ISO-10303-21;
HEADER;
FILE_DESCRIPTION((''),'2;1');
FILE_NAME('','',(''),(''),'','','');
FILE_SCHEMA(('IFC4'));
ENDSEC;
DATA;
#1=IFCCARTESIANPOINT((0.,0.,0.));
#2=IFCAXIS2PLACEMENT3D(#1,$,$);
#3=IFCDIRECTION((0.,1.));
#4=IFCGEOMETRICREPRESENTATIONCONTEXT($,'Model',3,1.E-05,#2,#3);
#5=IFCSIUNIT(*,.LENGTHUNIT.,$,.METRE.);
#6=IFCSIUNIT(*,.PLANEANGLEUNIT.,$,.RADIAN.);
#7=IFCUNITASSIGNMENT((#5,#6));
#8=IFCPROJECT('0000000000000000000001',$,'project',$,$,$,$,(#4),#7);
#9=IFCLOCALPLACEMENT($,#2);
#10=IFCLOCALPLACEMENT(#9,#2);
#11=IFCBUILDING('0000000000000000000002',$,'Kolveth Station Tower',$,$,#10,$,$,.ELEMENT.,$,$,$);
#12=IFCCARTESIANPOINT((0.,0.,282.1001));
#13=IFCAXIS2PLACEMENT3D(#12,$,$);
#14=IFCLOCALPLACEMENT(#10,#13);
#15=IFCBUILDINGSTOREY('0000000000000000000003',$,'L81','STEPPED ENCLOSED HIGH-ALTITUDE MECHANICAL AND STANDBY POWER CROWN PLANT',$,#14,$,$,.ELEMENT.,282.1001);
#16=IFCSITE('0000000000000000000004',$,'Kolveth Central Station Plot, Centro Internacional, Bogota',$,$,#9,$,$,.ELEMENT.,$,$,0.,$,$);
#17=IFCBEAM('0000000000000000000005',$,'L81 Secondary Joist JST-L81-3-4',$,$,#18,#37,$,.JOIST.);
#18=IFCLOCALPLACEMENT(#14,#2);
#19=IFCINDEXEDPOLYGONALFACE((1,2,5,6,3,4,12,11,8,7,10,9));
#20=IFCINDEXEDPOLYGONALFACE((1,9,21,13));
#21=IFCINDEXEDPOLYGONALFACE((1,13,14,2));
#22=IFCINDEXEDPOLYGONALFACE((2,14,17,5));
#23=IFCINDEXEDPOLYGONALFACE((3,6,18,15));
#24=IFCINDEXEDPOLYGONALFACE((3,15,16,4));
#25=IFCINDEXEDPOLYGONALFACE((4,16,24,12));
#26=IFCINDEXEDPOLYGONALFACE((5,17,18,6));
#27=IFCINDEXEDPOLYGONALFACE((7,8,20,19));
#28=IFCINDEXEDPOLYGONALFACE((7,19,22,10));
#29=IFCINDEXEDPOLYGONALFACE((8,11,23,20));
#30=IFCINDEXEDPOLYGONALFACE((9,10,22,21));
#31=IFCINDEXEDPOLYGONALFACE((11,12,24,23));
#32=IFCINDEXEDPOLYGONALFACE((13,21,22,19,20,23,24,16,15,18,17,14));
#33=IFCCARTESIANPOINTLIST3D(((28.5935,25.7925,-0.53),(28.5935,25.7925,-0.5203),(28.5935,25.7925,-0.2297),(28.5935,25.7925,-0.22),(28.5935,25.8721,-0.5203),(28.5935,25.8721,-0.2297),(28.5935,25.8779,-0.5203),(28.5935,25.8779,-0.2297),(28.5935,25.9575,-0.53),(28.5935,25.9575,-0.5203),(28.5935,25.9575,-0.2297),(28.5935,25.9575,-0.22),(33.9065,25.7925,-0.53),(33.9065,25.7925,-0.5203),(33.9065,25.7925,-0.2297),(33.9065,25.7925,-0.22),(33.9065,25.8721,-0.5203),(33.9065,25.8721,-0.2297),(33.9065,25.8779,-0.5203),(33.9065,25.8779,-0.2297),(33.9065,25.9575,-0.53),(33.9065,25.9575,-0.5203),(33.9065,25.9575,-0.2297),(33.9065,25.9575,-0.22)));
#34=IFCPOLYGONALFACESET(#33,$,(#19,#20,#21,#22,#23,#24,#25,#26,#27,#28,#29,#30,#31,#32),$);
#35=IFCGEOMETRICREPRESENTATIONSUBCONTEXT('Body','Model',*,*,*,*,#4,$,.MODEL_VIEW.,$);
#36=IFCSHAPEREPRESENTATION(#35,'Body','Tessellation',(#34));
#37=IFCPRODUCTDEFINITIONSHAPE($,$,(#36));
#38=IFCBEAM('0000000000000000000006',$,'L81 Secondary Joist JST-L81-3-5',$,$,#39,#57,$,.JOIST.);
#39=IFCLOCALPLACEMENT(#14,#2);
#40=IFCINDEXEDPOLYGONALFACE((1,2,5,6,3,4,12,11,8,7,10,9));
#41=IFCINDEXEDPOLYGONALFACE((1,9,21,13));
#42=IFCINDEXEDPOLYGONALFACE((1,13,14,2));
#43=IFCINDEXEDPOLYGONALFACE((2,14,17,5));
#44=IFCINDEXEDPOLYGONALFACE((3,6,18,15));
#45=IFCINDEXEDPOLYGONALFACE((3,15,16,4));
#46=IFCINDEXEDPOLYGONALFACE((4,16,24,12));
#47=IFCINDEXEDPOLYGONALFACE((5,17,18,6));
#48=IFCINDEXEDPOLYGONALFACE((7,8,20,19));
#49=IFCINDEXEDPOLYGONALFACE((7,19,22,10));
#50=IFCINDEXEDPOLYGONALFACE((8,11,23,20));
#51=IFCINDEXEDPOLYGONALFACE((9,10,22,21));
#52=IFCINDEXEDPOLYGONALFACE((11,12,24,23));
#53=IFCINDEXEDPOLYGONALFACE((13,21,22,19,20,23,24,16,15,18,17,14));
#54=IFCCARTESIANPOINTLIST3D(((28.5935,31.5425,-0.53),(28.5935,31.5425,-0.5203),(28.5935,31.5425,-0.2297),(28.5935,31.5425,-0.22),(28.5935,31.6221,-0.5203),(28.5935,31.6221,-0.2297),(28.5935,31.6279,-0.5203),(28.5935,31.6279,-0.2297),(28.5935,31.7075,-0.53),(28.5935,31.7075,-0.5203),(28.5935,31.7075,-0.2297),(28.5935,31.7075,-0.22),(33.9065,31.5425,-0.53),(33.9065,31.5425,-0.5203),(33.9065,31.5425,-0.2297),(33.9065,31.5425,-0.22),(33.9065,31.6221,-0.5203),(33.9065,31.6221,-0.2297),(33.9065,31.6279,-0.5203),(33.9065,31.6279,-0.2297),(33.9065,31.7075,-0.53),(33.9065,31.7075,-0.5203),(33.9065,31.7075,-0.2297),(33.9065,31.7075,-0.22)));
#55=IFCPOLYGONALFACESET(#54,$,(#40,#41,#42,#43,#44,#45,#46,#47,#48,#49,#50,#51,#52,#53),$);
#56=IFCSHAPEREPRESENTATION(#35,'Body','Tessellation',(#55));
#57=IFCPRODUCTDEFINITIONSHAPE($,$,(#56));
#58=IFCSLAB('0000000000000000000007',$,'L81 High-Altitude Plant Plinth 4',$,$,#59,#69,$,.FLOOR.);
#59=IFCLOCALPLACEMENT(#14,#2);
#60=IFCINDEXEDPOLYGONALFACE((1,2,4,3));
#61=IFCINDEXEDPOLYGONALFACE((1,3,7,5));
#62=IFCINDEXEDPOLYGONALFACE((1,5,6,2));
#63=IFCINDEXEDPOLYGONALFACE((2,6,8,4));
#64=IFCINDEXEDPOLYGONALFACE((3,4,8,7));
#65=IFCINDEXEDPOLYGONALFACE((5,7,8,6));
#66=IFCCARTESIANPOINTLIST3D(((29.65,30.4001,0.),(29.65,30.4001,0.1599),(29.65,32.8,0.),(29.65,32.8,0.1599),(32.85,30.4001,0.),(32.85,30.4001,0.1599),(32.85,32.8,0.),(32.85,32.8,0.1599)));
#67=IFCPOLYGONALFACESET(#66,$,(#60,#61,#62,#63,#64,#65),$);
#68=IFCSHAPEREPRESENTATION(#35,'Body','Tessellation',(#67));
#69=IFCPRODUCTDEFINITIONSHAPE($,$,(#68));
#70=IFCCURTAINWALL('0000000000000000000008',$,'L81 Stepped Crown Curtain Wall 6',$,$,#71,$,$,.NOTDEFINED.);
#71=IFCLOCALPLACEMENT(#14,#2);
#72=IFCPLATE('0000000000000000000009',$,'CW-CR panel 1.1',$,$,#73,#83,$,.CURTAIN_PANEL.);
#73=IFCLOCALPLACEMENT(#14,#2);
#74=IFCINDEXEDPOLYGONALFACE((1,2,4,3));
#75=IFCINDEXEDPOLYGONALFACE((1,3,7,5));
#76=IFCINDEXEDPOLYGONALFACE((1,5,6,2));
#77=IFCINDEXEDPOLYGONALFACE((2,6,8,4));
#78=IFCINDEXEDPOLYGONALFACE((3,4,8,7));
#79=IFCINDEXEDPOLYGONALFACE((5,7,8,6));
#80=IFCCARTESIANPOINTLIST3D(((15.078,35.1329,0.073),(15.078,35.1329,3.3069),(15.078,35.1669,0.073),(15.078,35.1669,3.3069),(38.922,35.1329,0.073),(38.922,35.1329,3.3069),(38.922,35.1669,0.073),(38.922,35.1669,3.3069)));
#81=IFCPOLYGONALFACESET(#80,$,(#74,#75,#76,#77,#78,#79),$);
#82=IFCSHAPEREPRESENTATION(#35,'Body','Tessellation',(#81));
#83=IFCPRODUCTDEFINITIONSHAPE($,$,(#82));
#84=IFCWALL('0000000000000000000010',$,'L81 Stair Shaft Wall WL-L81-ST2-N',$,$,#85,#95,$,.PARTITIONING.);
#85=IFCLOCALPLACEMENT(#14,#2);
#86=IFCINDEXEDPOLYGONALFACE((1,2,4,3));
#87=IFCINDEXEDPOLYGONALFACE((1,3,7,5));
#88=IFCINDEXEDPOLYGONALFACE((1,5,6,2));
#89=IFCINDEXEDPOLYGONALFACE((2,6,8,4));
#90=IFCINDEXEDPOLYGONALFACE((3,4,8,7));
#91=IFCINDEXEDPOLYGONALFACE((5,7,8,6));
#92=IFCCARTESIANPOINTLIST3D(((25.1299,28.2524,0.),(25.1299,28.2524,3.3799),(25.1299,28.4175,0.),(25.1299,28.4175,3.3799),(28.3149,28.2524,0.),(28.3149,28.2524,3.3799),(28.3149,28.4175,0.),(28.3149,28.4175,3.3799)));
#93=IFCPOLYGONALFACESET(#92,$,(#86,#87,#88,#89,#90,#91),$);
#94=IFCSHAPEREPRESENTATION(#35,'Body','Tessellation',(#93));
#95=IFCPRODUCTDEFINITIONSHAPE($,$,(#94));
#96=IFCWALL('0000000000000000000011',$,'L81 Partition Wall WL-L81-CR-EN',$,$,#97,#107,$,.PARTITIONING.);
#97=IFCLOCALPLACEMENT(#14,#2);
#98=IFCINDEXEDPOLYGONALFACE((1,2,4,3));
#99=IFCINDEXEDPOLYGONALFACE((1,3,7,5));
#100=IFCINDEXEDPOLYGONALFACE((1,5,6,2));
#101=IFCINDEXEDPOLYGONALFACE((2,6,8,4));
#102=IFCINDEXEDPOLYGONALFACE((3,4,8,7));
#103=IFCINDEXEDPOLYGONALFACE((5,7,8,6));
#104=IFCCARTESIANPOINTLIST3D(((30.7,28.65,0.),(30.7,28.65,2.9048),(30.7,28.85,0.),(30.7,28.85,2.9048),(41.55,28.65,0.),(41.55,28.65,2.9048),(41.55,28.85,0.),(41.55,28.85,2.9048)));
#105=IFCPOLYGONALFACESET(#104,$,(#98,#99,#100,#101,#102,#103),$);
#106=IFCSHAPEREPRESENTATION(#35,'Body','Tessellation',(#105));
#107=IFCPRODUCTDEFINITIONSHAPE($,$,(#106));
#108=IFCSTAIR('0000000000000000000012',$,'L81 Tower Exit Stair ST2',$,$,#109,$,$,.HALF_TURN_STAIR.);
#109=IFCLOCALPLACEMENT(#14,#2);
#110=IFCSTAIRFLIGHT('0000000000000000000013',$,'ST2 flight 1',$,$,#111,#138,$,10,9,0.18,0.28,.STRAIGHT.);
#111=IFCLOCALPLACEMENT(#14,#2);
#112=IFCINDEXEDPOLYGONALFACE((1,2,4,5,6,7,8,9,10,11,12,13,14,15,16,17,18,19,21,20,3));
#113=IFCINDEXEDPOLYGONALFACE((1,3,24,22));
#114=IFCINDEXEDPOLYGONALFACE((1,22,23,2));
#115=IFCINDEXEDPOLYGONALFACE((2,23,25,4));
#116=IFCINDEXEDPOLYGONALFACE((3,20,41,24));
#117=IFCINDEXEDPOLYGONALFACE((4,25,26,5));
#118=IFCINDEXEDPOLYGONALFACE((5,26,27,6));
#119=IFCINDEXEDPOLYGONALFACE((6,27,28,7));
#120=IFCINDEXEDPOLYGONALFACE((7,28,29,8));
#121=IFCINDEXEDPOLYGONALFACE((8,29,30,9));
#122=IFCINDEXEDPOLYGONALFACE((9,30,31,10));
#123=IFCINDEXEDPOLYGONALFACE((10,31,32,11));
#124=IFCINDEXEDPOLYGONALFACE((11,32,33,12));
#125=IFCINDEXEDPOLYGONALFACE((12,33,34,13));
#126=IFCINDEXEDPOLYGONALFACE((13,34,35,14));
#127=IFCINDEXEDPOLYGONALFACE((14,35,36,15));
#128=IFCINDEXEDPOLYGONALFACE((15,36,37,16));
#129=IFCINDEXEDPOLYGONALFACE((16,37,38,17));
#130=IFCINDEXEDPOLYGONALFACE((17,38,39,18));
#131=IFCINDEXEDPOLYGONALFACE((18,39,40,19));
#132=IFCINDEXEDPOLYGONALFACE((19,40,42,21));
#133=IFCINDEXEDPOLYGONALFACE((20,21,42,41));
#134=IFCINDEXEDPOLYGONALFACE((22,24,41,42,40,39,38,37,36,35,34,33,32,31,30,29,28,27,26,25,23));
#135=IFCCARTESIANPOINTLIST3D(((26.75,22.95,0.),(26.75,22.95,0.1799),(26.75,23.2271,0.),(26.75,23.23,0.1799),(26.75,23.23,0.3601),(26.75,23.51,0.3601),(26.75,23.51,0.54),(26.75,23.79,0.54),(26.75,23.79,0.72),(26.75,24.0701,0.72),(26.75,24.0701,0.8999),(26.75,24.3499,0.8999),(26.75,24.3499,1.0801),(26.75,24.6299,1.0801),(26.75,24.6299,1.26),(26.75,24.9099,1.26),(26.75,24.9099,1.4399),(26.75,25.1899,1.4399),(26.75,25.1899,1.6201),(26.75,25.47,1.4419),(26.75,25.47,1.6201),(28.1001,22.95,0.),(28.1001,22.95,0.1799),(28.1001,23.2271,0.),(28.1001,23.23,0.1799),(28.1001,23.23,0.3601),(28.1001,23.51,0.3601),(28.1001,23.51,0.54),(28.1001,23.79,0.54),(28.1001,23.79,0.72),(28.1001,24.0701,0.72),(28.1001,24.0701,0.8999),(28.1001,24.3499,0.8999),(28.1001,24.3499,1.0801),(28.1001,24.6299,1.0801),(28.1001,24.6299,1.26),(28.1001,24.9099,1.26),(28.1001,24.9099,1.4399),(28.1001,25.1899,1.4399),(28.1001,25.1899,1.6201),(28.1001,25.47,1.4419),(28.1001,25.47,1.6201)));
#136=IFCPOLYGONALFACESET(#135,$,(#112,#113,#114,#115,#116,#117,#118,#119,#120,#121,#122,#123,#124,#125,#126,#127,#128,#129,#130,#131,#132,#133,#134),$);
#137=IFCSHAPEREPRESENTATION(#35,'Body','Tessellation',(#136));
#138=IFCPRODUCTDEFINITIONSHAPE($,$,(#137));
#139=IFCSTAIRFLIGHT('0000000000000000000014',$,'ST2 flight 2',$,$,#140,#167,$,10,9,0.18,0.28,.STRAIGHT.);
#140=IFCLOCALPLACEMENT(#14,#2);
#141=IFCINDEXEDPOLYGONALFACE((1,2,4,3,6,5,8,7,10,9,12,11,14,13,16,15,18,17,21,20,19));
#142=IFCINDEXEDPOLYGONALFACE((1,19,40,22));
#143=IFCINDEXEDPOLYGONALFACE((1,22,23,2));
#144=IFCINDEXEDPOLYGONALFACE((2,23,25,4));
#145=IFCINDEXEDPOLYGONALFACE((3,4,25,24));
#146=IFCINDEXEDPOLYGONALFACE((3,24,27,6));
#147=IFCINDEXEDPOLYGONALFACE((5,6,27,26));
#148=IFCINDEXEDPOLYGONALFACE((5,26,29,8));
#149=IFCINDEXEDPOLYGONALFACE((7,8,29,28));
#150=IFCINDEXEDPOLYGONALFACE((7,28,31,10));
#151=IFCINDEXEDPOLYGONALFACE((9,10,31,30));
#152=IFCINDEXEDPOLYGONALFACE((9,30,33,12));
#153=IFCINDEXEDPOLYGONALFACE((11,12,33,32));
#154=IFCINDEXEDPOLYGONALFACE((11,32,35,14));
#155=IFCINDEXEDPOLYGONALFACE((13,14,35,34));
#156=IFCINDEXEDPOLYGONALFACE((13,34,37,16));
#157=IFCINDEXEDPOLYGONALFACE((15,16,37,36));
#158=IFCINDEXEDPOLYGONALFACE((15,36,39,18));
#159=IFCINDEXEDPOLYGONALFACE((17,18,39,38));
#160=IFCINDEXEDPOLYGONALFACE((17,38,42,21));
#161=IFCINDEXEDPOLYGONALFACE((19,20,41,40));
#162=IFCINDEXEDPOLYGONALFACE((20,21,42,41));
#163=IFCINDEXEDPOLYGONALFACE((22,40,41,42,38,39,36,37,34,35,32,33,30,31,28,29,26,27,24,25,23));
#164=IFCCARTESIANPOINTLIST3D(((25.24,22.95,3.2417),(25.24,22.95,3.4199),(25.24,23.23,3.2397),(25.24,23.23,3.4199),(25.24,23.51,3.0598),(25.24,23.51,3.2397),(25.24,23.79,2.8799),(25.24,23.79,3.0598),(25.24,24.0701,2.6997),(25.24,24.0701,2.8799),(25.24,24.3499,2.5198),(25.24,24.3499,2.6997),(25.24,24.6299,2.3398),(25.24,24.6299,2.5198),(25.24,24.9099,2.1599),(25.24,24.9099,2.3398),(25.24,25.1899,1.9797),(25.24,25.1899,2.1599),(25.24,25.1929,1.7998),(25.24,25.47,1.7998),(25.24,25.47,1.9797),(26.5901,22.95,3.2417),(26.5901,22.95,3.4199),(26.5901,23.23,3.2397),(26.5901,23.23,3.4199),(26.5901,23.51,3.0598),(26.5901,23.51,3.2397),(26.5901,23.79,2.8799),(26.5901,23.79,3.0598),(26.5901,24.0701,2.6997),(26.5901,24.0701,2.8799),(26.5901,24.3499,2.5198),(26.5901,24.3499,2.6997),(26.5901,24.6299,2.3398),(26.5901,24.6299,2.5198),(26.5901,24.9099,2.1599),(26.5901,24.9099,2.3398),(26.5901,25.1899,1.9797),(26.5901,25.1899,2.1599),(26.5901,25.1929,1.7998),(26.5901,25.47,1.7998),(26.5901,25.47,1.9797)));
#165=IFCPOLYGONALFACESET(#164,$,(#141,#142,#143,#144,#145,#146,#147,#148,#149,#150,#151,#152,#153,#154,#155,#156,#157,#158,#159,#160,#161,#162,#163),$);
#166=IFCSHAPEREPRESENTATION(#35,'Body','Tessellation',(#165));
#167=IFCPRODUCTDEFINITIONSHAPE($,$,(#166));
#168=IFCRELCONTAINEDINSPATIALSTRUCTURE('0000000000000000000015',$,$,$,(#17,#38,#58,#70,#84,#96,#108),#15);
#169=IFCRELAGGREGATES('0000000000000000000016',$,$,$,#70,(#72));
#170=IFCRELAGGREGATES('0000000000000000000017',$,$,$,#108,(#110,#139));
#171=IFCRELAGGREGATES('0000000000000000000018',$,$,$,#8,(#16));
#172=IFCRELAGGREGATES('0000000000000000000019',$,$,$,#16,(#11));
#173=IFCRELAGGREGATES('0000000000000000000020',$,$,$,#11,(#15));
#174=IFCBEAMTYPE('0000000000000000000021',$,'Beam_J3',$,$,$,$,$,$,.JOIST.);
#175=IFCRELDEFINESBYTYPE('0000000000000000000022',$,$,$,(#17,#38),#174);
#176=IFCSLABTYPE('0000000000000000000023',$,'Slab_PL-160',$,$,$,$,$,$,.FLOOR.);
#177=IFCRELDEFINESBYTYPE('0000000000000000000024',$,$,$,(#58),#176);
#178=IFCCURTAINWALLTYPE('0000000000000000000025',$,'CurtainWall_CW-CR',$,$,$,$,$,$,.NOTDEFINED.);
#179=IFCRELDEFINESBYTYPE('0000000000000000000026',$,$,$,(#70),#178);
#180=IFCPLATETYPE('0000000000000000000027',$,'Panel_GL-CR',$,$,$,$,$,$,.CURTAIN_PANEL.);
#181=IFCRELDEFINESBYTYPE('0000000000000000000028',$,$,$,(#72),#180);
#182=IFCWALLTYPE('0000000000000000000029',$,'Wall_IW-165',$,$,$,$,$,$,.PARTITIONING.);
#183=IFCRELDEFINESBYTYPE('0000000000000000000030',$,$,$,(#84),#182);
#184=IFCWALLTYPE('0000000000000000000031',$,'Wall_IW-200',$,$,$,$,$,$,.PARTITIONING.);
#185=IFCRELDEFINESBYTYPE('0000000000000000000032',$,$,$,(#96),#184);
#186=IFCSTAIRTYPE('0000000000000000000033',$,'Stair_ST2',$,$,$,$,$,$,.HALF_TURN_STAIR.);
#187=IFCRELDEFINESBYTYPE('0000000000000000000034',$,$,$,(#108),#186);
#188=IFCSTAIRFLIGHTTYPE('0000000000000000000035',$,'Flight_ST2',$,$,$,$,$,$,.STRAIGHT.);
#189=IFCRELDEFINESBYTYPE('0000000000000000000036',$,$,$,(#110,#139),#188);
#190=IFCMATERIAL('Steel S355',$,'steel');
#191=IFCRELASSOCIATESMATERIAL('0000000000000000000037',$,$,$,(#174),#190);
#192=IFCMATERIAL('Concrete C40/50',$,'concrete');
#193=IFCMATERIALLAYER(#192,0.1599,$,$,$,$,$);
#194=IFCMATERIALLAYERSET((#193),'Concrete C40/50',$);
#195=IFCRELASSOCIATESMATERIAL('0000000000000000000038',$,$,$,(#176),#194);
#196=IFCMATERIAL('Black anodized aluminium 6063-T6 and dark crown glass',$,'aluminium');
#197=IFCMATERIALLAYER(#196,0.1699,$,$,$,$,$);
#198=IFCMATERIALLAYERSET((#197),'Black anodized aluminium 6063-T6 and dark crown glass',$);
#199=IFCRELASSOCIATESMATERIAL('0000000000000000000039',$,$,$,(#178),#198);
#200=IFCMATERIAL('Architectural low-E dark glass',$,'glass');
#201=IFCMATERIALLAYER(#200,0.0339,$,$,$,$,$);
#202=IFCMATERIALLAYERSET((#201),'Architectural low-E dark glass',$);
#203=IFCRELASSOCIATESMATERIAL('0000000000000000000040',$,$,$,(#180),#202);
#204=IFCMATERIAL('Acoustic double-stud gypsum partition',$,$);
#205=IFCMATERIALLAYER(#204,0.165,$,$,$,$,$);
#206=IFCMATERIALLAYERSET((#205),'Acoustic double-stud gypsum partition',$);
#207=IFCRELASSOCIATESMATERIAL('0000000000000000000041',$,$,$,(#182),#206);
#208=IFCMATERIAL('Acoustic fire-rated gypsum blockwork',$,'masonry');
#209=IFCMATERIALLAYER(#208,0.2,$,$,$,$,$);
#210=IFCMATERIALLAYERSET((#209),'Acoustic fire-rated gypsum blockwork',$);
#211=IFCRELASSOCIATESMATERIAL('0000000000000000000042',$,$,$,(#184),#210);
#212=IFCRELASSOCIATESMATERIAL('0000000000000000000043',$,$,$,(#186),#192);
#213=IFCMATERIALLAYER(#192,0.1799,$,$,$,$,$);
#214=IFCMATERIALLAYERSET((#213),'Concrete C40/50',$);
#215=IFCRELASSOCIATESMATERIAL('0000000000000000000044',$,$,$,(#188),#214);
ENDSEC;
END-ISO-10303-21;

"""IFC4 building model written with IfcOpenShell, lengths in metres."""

from ifc_helpers import new_model, si_unit, direction, frame, frame_2d, origin, origin_2d, place, context, subcontext, project, spatial, polyline, rectangle, i_section, outline, extrude, source, transform, mapped, material, layer, layer_set, material_profile, profile_set, type_object, element, aggregate, save


model = new_model("IFC4")

# Units and contexts
model_context = context("Model", 3, precision=1e-05, world=origin(), true_north=direction((0.0, 1.0)))
body_context = subcontext(model_context, "Body", "Model", "MODEL_VIEW")
ifc_project = project(units=[si_unit("LENGTHUNIT", "METRE"), si_unit("PLANEANGLEUNIT", "RADIAN")], contexts=[model_context])

# Site, building, storey
site_placement = place(None, origin())
site = spatial("IfcSite", under=ifc_project, at=site_placement, Name="Kolveth Central Station Plot, Centro Internacional, Bogota", CompositionType="ELEMENT", RefElevation=0.0)
building_placement = place(site_placement, origin())
building = spatial("IfcBuilding", under=site, at=building_placement, Name="Kolveth Station Tower", CompositionType="ELEMENT")
storey_placement = place(building_placement, frame((0.0, 0.0, 282.1001)))
storey = spatial("IfcBuildingStorey", under=building, at=storey_placement, Name="L81", Description="STEPPED ENCLOSED HIGH-ALTITUDE MECHANICAL AND STANDBY POWER CROWN PLANT", CompositionType="ELEMENT", Elevation=282.1001)

# Shared definitions
ifc_material_1 = material(Name="Steel S355", Category="steel")

# Beams
ifc_material_profile_1 = material_profile(ifc_material_1, i_section(OverallWidth=0.165, OverallDepth=0.3101, WebThickness=0.0059, FlangeThickness=0.0098, at=origin_2d()), Name="W310x39")
ifc_profile_set_1 = profile_set([ifc_material_profile_1], Name="Steel S355")
beam_type_1 = type_object("IfcBeamType", Name="Beam_J3", PredefinedType="JOIST", material=ifc_profile_set_1)
shared_shape_1 = source(origin(), body_context, "Body", "SweptSolid", [
    extrude(i_section(OverallWidth=0.165, OverallDepth=0.3101, WebThickness=0.0059, FlangeThickness=0.0098, at=origin_2d()), origin(), (0.0, 0.0, 1.0), 5.313),
])
for number, where, z_axis, x_axis, name in (
    (1, (28.5935, 25.875, -0.375), (1.0, 0.0, 0.0), (0.0, 1.0, 0.0), "L81 Secondary Joist JST-L81-3-4"),
    (2, (28.5935, 31.625, -0.375), (1.0, 0.0, 0.0), (0.0, 1.0, 0.0), "L81 Secondary Joist JST-L81-3-5"),
):
    element("IfcBeam", number, at=place(storey_placement, frame(where, z_axis=z_axis, x_axis=x_axis)), inside=storey, type_object=beam_type_1, Name=name, PredefinedType="JOIST", context=body_context, shape_type="MappedRepresentation", body=[
        mapped(shared_shape_1, transform((0.0, 0.0, 0.0), x_axis=(1.0, 0.0, 0.0), y_axis=(0.0, 1.0, 0.0), z_axis=(0.0, 0.0, 1.0), scale=1.0)),
    ])

# Slab
ifc_material_2 = material(Name="Concrete C40/50", Category="concrete")
ifc_layer_1 = layer(ifc_material_2, 0.1599)
ifc_layer_set_1 = layer_set([ifc_layer_1], Name="Concrete C40/50")
slab_type = type_object("IfcSlabType", Name="Slab_PL-160", PredefinedType="FLOOR", material=ifc_layer_set_1)
shared_shape_2 = source(origin(), body_context, "Body", "SweptSolid", [
    extrude(rectangle(XDim=3.2, YDim=2.3999, at=origin_2d()), origin(), (0.0, 0.0, 1.0), 0.1599),
])
slab_placement = place(storey_placement, frame((31.25, 31.6001, 0.0), z_axis=(0.0, 0.0, 1.0), x_axis=(1.0, 0.0, 0.0)))
element("IfcSlab", 3, at=slab_placement, inside=storey, type_object=slab_type, Name="L81 High-Altitude Plant Plinth 4", PredefinedType="FLOOR", context=body_context, shape_type="MappedRepresentation", body=[
    mapped(shared_shape_2, transform((0.0, 0.0, 0.0), x_axis=(1.0, 0.0, 0.0), y_axis=(0.0, 1.0, 0.0), z_axis=(0.0, 0.0, 1.0), scale=1.0)),
])

# Curtain wall, plate
ifc_material_3 = material(Name="Black anodized aluminium 6063-T6 and dark crown glass", Category="aluminium")
ifc_layer_2 = layer(ifc_material_3, 0.1699)
ifc_layer_set_2 = layer_set([ifc_layer_2], Name="Black anodized aluminium 6063-T6 and dark crown glass")
curtain_wall_type = type_object("IfcCurtainWallType", Name="CurtainWall_CW-CR", PredefinedType="NOTDEFINED", material=ifc_layer_set_2)
curtain_wall_placement = place(storey_placement, origin())
curtain_wall = element("IfcCurtainWall", 4, at=curtain_wall_placement, inside=storey, type_object=curtain_wall_type, Name="L81 Stepped Crown Curtain Wall 6", PredefinedType="NOTDEFINED")
ifc_material_4 = material(Name="Architectural low-E dark glass", Category="glass")
ifc_layer_3 = layer(ifc_material_4, 0.0339)
ifc_layer_set_3 = layer_set([ifc_layer_3], Name="Architectural low-E dark glass")
plate_type = type_object("IfcPlateType", Name="Panel_GL-CR", PredefinedType="CURTAIN_PANEL", material=ifc_layer_set_3)
shared_shape_3 = source(origin(), body_context, "Body", "SweptSolid", [
    extrude(rectangle(XDim=23.844, YDim=0.0339, at=origin_2d()), origin(), (0.0, 0.0, 1.0), 3.2339),
])
plate_placement = place(storey_placement, frame((27.0, 35.1499, 0.073), z_axis=(0.0, 0.0, 1.0), x_axis=(-1.0, 0.0, 0.0)))
plate = element("IfcPlate", 5, at=plate_placement, type_object=plate_type, Name="CW-CR panel 1.1", PredefinedType="CURTAIN_PANEL", context=body_context, shape_type="MappedRepresentation", body=[
    mapped(shared_shape_3, transform((0.0, 0.0, 0.0), x_axis=(1.0, 0.0, 0.0), y_axis=(0.0, 1.0, 0.0), z_axis=(0.0, 0.0, 1.0), scale=1.0)),
])
aggregate(curtain_wall, [plate])

# Walls
ifc_material_5 = material(Name="Acoustic double-stud gypsum partition")
ifc_layer_4 = layer(ifc_material_5, 0.165)
ifc_layer_set_4 = layer_set([ifc_layer_4], Name="Acoustic double-stud gypsum partition")
wall_type_1 = type_object("IfcWallType", Name="Wall_IW-165", PredefinedType="PARTITIONING", material=ifc_layer_set_4)
wall_1_placement = place(storey_placement, frame((25.1299, 28.335, 0.0), z_axis=(0.0, 0.0, 1.0), x_axis=(1.0, 0.0, 0.0)))
element("IfcWall", 6, at=wall_1_placement, inside=storey, type_object=wall_type_1, Name="L81 Stair Shaft Wall WL-L81-ST2-N", PredefinedType="PARTITIONING", context=body_context, shape_type="SweptSolid", body=[
    extrude(rectangle(XDim=3.1851, YDim=0.165, at=frame_2d((1.5925, 0.0))), origin(), (0.0, 0.0, 1.0), 3.3799),
])
ifc_material_6 = material(Name="Acoustic fire-rated gypsum blockwork", Category="masonry")
ifc_layer_5 = layer(ifc_material_6, 0.2)
ifc_layer_set_5 = layer_set([ifc_layer_5], Name="Acoustic fire-rated gypsum blockwork")
wall_type_2 = type_object("IfcWallType", Name="Wall_IW-200", PredefinedType="PARTITIONING", material=ifc_layer_set_5)
wall_2_placement = place(storey_placement, frame((30.7, 28.75, 0.0), z_axis=(0.0, 0.0, 1.0), x_axis=(1.0, 0.0, 0.0)))
element("IfcWall", 7, at=wall_2_placement, inside=storey, type_object=wall_type_2, Name="L81 Partition Wall WL-L81-CR-EN", PredefinedType="PARTITIONING", context=body_context, shape_type="SweptSolid", body=[
    extrude(rectangle(XDim=10.8501, YDim=0.2, at=frame_2d((5.425, 0.0))), origin(), (0.0, 0.0, 1.0), 2.9048),
])

# Stair, stair flights
stair_type = type_object("IfcStairType", Name="Stair_ST2", PredefinedType="HALF_TURN_STAIR", material=ifc_material_2)
stair_placement = place(storey_placement, origin())
stair = element("IfcStair", 8, at=stair_placement, inside=storey, type_object=stair_type, Name="L81 Tower Exit Stair ST2", PredefinedType="HALF_TURN_STAIR")
ifc_layer_6 = layer(ifc_material_2, 0.1799)
ifc_layer_set_6 = layer_set([ifc_layer_6], Name="Concrete C40/50")
stair_flight_type = type_object("IfcStairFlightType", Name="Flight_ST2", PredefinedType="STRAIGHT", material=ifc_layer_set_6)
stair_flight_1_placement = place(storey_placement, frame((27.425, 22.95, 0.0), z_axis=(0.0, 0.0, 1.0), x_axis=(0.0, 1.0, 0.0)))
stair_flight_1 = element("IfcStairFlight", 9, at=stair_flight_1_placement, type_object=stair_flight_type, Name="ST2 flight 1", NumberOfRisers=10, NumberOfTreads=9, PredefinedType="STRAIGHT", RiserHeight=0.18, TreadLength=0.28, context=body_context, shape_type="SweptSolid", body=[
    extrude(outline(polyline([(0.0, 0.0), (0.0, 0.1799), (0.28, 0.1799), (0.28, 0.3601), (0.5601, 0.3601), (0.5601, 0.54), (0.8401, 0.54), (0.8401, 0.72), (1.1201, 0.72), (1.1201, 0.8999), (1.3999, 0.8999), (1.3999, 1.0801), (1.6799, 1.0801), (1.6799, 1.26), (1.96, 1.26), (1.96, 1.4399), (2.24, 1.4399), (2.24, 1.6201), (2.52, 1.6201), (2.52, 1.8), (2.52, 1.4419), (0.2771, 0.0), (0.0, 0.0)])), frame((0.0, 0.675, 0.0), z_axis=(0.0, -1.0, 0.0), x_axis=(1.0, 0.0, 0.0)), (0.0, 0.0, 1.0), 1.3501),
])
stair_flight_2_placement = place(storey_placement, frame((25.915, 25.47, 1.7998), z_axis=(0.0, 0.0, 1.0), x_axis=(0.0, -1.0, 0.0)))
stair_flight_2 = element("IfcStairFlight", 10, at=stair_flight_2_placement, type_object=stair_flight_type, Name="ST2 flight 2", NumberOfRisers=10, NumberOfTreads=9, PredefinedType="STRAIGHT", RiserHeight=0.18, TreadLength=0.28, context=body_context, shape_type="SweptSolid", body=[
    extrude(outline(polyline([(0.0, 0.0), (0.0, 0.1799), (0.28, 0.1799), (0.28, 0.3601), (0.5601, 0.3601), (0.5601, 0.54), (0.8401, 0.54), (0.8401, 0.72), (1.1201, 0.72), (1.1201, 0.8999), (1.3999, 0.8999), (1.3999, 1.0801), (1.6799, 1.0801), (1.6799, 1.26), (1.96, 1.26), (1.96, 1.4399), (2.24, 1.4399), (2.24, 1.6201), (2.52, 1.6201), (2.52, 1.8), (2.52, 1.4419), (0.2771, 0.0), (0.0, 0.0)])), frame((0.0, 0.675, 0.0), z_axis=(0.0, -1.0, 0.0), x_axis=(1.0, 0.0, 0.0)), (0.0, 0.0, 1.0), 1.3501),
])
aggregate(stair, [stair_flight_1, stair_flight_2])

save(model, "model.ifc")
